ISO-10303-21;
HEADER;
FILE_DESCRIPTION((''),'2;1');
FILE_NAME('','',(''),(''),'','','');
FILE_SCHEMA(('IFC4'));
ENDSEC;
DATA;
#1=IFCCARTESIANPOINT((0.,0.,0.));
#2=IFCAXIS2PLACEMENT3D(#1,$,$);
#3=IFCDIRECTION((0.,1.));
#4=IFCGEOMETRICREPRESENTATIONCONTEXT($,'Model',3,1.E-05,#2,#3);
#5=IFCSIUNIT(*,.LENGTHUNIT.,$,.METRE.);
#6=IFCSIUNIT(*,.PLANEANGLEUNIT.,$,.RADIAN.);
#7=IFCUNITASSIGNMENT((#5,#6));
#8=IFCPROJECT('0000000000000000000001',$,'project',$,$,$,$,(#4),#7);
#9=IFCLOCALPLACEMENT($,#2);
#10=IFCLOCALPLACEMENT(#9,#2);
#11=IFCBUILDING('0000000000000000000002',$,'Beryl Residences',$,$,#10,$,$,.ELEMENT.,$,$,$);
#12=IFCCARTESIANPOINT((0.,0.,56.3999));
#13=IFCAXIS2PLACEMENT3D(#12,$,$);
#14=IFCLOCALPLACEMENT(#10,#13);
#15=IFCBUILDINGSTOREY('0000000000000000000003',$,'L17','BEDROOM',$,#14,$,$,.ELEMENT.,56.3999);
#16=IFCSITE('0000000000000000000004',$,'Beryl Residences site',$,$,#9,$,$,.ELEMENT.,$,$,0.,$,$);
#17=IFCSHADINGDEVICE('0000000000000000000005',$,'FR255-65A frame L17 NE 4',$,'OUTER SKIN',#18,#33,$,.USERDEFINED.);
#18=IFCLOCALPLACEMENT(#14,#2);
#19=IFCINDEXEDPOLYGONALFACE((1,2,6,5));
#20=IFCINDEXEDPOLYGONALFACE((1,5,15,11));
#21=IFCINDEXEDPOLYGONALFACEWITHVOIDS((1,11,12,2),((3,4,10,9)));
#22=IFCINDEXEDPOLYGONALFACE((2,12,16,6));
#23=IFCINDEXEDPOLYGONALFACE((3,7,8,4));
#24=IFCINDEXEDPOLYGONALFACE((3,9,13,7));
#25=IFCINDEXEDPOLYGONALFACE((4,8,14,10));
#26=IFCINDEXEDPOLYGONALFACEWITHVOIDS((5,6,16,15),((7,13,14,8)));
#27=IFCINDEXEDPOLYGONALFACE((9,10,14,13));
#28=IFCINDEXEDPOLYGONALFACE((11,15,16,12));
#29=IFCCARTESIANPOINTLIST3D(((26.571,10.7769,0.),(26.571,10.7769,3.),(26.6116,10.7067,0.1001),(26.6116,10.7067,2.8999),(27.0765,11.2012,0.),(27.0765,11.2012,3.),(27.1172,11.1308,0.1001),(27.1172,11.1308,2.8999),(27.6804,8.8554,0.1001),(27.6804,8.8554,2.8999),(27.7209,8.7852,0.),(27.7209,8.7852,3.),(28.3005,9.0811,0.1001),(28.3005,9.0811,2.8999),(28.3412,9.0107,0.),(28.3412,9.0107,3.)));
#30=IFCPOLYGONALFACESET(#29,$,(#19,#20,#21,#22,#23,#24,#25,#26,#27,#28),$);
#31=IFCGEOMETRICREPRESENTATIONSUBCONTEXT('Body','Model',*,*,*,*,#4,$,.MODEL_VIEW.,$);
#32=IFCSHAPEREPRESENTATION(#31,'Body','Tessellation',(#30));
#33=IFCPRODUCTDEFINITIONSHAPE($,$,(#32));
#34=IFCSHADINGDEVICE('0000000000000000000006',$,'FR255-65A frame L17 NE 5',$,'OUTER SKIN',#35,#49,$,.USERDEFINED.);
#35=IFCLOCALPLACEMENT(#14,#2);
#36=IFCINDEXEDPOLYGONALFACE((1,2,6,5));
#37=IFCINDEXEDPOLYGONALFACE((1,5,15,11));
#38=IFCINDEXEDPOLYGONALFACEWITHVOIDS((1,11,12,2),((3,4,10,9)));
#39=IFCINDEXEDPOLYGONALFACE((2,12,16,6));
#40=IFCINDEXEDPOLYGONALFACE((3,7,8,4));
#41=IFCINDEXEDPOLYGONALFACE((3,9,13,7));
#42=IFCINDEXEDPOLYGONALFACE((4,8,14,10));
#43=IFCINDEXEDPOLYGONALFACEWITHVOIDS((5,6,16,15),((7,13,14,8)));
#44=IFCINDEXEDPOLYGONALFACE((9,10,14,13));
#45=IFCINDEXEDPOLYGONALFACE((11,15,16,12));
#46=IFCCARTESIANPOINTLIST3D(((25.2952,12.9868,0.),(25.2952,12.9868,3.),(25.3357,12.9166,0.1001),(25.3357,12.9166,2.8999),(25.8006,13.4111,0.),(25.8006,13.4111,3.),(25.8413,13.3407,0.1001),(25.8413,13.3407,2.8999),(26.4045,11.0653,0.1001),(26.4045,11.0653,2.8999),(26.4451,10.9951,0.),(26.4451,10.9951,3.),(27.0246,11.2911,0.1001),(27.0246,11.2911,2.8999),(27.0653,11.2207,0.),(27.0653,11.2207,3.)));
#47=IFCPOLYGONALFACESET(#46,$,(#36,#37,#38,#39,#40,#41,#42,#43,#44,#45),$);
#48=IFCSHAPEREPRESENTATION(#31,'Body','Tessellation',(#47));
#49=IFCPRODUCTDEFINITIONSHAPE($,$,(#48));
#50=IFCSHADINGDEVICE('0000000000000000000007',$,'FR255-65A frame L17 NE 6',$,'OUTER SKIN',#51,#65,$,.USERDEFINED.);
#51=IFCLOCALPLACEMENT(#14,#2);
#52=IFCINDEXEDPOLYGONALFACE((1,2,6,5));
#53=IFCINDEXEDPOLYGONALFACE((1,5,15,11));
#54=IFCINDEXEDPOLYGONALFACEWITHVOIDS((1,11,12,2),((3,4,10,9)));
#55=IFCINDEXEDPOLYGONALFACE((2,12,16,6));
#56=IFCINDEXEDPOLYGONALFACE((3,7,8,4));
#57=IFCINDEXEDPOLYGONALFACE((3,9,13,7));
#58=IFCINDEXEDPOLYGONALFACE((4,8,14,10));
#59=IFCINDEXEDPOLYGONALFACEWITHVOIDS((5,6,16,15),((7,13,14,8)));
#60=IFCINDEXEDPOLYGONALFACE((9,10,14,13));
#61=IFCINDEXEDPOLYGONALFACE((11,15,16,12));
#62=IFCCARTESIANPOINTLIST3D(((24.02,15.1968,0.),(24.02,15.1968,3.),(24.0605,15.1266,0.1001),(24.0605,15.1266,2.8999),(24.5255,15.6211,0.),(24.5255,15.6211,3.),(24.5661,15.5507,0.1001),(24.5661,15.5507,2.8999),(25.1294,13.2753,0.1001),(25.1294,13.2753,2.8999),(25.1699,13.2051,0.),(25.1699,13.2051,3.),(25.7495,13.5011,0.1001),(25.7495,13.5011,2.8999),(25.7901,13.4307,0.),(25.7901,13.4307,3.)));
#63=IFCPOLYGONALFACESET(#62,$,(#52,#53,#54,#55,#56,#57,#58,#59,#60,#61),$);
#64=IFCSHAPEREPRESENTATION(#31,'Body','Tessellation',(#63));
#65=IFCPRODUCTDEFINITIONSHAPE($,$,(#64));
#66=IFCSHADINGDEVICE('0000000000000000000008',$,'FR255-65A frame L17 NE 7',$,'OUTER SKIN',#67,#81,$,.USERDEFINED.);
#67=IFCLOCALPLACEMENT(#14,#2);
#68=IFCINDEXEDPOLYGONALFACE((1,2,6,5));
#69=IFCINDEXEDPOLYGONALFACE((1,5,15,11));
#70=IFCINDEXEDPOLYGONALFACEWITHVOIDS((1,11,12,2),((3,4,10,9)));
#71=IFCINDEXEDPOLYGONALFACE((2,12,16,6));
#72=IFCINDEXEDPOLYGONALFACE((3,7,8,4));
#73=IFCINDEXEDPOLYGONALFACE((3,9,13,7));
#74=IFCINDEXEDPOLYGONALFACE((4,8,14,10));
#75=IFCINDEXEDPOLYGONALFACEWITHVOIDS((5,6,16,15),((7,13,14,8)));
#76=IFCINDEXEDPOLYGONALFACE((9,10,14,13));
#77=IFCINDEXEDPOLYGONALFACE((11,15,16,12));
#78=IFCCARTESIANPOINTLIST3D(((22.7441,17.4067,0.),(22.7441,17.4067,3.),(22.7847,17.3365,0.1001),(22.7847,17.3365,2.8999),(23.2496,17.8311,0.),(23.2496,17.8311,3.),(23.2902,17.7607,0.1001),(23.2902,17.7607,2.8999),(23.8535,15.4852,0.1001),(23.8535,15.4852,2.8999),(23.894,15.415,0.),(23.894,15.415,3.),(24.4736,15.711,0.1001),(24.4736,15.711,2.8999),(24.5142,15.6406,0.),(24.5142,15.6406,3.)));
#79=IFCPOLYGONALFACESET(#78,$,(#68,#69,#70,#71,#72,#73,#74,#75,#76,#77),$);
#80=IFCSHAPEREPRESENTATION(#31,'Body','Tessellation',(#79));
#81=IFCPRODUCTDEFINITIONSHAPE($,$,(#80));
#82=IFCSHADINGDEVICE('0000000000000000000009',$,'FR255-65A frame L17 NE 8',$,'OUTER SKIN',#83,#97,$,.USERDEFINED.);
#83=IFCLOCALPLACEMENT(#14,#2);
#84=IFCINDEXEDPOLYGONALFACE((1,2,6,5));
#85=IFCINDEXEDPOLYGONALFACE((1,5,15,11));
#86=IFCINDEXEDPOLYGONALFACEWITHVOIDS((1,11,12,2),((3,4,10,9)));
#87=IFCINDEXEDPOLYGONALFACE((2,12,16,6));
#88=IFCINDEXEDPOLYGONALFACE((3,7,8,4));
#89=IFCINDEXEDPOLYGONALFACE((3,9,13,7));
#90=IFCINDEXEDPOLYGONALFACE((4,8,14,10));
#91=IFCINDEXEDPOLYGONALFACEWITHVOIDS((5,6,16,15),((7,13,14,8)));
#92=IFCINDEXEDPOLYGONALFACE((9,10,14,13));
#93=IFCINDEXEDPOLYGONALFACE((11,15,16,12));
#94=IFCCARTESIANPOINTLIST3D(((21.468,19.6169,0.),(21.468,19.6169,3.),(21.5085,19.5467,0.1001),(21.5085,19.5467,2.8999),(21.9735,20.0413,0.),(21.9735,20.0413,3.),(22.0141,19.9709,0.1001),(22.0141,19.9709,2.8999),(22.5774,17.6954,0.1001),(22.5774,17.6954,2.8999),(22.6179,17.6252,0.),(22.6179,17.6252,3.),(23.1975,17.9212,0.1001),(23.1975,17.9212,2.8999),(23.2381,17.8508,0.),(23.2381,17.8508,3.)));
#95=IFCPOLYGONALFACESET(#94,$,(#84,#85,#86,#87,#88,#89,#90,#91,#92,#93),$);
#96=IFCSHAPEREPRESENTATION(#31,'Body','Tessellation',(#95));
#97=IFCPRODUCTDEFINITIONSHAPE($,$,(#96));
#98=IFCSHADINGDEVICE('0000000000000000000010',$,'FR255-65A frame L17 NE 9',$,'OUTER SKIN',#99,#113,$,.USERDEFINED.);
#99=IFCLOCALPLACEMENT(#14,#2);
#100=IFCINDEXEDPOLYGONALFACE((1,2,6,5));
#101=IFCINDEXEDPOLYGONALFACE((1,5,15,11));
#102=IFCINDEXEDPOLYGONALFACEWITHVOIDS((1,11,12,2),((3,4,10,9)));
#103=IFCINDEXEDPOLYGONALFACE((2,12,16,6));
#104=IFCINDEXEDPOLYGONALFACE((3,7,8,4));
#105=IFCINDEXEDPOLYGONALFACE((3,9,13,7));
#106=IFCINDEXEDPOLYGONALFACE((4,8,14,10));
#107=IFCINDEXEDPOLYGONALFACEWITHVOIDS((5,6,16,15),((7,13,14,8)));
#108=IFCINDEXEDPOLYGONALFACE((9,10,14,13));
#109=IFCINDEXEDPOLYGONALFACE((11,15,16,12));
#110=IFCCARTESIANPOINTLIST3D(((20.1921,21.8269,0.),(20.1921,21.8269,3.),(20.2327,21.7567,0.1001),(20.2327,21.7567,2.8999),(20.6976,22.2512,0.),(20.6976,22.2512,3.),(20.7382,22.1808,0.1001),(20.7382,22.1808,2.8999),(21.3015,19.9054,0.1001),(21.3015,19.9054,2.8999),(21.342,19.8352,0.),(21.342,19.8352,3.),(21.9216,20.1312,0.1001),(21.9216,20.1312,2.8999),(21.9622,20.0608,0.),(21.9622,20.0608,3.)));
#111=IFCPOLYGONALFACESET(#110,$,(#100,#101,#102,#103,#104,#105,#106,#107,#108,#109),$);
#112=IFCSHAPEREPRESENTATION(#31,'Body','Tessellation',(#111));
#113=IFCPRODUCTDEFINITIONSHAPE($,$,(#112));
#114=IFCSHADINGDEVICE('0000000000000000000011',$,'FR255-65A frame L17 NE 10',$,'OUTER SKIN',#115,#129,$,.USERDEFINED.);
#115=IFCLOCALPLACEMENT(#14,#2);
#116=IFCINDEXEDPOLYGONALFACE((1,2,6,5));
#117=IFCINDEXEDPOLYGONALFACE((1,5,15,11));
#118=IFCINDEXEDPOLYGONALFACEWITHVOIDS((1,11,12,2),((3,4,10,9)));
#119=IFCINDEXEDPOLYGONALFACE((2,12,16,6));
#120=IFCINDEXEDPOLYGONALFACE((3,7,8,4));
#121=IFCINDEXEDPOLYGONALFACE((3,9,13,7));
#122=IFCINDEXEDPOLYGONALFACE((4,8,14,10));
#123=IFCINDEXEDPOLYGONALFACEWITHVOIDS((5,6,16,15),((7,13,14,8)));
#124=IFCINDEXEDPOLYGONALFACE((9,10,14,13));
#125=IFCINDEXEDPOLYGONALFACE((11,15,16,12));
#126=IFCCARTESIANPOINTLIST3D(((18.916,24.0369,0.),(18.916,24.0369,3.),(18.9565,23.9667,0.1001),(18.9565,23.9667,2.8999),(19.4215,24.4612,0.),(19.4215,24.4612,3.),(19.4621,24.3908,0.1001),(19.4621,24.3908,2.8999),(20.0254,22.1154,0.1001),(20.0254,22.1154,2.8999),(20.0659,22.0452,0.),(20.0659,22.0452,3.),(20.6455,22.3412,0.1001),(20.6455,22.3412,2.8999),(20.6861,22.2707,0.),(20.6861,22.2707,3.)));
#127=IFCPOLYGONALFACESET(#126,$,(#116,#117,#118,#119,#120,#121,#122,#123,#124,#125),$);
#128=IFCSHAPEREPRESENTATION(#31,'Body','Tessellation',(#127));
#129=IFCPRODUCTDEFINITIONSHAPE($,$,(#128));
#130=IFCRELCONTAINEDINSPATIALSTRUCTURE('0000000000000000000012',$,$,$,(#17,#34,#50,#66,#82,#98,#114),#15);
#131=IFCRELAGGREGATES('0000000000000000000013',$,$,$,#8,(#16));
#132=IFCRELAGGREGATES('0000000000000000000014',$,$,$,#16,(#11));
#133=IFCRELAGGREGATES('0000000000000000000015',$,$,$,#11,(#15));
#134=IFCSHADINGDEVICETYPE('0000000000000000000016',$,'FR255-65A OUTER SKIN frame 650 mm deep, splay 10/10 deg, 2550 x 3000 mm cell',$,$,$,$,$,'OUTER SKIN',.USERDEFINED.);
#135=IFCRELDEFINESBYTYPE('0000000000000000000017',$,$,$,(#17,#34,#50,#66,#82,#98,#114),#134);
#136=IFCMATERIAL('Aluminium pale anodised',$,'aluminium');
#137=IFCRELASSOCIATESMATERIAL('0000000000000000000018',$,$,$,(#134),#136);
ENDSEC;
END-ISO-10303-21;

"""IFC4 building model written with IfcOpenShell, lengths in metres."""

from ifc_helpers import new_model, entity, si_unit, direction, frame, origin, place, context, subcontext, project, spatial, source, transform, mapped, material, type_object, type_shapes, element, save


model = new_model("IFC4")

# Units and contexts
model_context = context("Model", 3, precision=1e-05, world=origin(), true_north=direction((0.0, 1.0)))
body_context = subcontext(model_context, "Body", "Model", "MODEL_VIEW")
ifc_project = project(units=[si_unit("LENGTHUNIT", "METRE"), si_unit("PLANEANGLEUNIT", "RADIAN")], contexts=[model_context])

# Site, building, storey
site_placement = place(None, origin())
site = spatial("IfcSite", under=ifc_project, at=site_placement, Name="Beryl Residences site", CompositionType="ELEMENT", RefElevation=0.0)
building_placement = place(site_placement, origin())
building = spatial("IfcBuilding", under=site, at=building_placement, Name="Beryl Residences", CompositionType="ELEMENT")
storey_placement = place(building_placement, frame((0.0, 0.0, 56.3999)))
storey = spatial("IfcBuildingStorey", under=building, at=storey_placement, Name="L17", Description="BEDROOM", CompositionType="ELEMENT", Elevation=56.3999)

# Shading devices
ifc_material_1 = material(Name="Aluminium pale anodised", Category="aluminium")
shading_device_type_1 = type_object("IfcShadingDeviceType", Name="FR255-65A OUTER SKIN frame 650 mm deep, splay 10/10 deg, 2550 x 3000 mm cell", ElementType="OUTER SKIN", PredefinedType="USERDEFINED", material=ifc_material_1)
cartesian_point_1 = entity("IfcCartesianPoint", [-1.1499, 0.0])
cartesian_point_2 = entity("IfcCartesianPoint", [-1.0688, 0.1001])
cartesian_point_3 = entity("IfcCartesianPoint", [-1.2646, 0.0])
cartesian_point_4 = entity("IfcCartesianPoint", [-1.1833, 0.1001])
shared_shape_1 = source(origin(), body_context, "Body", "SweptSolid", [
    entity("IfcExtrudedAreaSolidTapered", entity("IfcArbitraryProfileDefWithVoids", "AREA", None, entity("IfcPolyline", [cartesian_point_1, entity("IfcCartesianPoint", [1.1499, 0.0]), entity("IfcCartesianPoint", [1.1499, 3.0]), entity("IfcCartesianPoint", [-1.1499, 3.0]), cartesian_point_1]), [entity("IfcPolyline", [cartesian_point_2, entity("IfcCartesianPoint", [1.0688, 0.1001]), entity("IfcCartesianPoint", [1.0688, 2.8999]), entity("IfcCartesianPoint", [-1.0688, 2.8999]), cartesian_point_2])]), entity("IfcAxis2Placement3D", entity("IfcCartesianPoint", [0.0, 0.0, 0.0]), entity("IfcDirection", [0.0, 1.0, 0.0]), entity("IfcDirection", [-1.0, 0.0, 0.0])), entity("IfcDirection", [0.0, 0.0, 1.0]), 0.6499, entity("IfcArbitraryProfileDefWithVoids", "AREA", None, entity("IfcPolyline", [cartesian_point_3, entity("IfcCartesianPoint", [1.2646, 0.0]), entity("IfcCartesianPoint", [1.2646, 3.0]), entity("IfcCartesianPoint", [-1.2646, 3.0]), cartesian_point_3]), [entity("IfcPolyline", [cartesian_point_4, entity("IfcCartesianPoint", [1.1833, 0.1001]), entity("IfcCartesianPoint", [1.1833, 2.8999]), entity("IfcCartesianPoint", [-1.1833, 2.8999]), cartesian_point_4])])),
])
type_shapes(shading_device_type_1, [shared_shape_1])
for number, where, z_axis, x_axis, name in (
    (1, (27.146, 9.781, 0.0), (0.0, 0.0, 1.0), (0.5, -0.866025, 0.0), "FR255-65A frame L17 NE 4"),
    (2, (25.8701, 11.991, 0.0), (0.0, 0.0, 1.0), (0.5, -0.866025, 0.0), "FR255-65A frame L17 NE 5"),
    (3, (24.595, 14.2009, 0.0), (0.0, 0.0, 1.0), (0.5, -0.866025, 0.0), "FR255-65A frame L17 NE 6"),
    (4, (23.3191, 16.4109, 0.0), (0.0, 0.0, 1.0), (0.5, -0.866025, 0.0), "FR255-65A frame L17 NE 7"),
    (5, (22.043, 18.6211, 0.0), (0.0, 0.0, 1.0), (0.5, -0.866025, 0.0), "FR255-65A frame L17 NE 8"),
    (6, (20.7671, 20.8311, 0.0), (0.0, 0.0, 1.0), (0.5, -0.866025, 0.0), "FR255-65A frame L17 NE 9"),
    (7, (19.491, 23.041, 0.0), (0.0, 0.0, 1.0), (0.5, -0.866025, 0.0), "FR255-65A frame L17 NE 10"),
):
    element("IfcShadingDevice", number, at=place(storey_placement, frame(where, z_axis=z_axis, x_axis=x_axis)), inside=storey, type_object=shading_device_type_1, Name=name, ObjectType="OUTER SKIN", PredefinedType="USERDEFINED", context=body_context, shape_type="MappedRepresentation", body=[
        mapped(shared_shape_1, transform((0.0, 0.0, 0.0))),
    ])

save(model, "model.ifc")
